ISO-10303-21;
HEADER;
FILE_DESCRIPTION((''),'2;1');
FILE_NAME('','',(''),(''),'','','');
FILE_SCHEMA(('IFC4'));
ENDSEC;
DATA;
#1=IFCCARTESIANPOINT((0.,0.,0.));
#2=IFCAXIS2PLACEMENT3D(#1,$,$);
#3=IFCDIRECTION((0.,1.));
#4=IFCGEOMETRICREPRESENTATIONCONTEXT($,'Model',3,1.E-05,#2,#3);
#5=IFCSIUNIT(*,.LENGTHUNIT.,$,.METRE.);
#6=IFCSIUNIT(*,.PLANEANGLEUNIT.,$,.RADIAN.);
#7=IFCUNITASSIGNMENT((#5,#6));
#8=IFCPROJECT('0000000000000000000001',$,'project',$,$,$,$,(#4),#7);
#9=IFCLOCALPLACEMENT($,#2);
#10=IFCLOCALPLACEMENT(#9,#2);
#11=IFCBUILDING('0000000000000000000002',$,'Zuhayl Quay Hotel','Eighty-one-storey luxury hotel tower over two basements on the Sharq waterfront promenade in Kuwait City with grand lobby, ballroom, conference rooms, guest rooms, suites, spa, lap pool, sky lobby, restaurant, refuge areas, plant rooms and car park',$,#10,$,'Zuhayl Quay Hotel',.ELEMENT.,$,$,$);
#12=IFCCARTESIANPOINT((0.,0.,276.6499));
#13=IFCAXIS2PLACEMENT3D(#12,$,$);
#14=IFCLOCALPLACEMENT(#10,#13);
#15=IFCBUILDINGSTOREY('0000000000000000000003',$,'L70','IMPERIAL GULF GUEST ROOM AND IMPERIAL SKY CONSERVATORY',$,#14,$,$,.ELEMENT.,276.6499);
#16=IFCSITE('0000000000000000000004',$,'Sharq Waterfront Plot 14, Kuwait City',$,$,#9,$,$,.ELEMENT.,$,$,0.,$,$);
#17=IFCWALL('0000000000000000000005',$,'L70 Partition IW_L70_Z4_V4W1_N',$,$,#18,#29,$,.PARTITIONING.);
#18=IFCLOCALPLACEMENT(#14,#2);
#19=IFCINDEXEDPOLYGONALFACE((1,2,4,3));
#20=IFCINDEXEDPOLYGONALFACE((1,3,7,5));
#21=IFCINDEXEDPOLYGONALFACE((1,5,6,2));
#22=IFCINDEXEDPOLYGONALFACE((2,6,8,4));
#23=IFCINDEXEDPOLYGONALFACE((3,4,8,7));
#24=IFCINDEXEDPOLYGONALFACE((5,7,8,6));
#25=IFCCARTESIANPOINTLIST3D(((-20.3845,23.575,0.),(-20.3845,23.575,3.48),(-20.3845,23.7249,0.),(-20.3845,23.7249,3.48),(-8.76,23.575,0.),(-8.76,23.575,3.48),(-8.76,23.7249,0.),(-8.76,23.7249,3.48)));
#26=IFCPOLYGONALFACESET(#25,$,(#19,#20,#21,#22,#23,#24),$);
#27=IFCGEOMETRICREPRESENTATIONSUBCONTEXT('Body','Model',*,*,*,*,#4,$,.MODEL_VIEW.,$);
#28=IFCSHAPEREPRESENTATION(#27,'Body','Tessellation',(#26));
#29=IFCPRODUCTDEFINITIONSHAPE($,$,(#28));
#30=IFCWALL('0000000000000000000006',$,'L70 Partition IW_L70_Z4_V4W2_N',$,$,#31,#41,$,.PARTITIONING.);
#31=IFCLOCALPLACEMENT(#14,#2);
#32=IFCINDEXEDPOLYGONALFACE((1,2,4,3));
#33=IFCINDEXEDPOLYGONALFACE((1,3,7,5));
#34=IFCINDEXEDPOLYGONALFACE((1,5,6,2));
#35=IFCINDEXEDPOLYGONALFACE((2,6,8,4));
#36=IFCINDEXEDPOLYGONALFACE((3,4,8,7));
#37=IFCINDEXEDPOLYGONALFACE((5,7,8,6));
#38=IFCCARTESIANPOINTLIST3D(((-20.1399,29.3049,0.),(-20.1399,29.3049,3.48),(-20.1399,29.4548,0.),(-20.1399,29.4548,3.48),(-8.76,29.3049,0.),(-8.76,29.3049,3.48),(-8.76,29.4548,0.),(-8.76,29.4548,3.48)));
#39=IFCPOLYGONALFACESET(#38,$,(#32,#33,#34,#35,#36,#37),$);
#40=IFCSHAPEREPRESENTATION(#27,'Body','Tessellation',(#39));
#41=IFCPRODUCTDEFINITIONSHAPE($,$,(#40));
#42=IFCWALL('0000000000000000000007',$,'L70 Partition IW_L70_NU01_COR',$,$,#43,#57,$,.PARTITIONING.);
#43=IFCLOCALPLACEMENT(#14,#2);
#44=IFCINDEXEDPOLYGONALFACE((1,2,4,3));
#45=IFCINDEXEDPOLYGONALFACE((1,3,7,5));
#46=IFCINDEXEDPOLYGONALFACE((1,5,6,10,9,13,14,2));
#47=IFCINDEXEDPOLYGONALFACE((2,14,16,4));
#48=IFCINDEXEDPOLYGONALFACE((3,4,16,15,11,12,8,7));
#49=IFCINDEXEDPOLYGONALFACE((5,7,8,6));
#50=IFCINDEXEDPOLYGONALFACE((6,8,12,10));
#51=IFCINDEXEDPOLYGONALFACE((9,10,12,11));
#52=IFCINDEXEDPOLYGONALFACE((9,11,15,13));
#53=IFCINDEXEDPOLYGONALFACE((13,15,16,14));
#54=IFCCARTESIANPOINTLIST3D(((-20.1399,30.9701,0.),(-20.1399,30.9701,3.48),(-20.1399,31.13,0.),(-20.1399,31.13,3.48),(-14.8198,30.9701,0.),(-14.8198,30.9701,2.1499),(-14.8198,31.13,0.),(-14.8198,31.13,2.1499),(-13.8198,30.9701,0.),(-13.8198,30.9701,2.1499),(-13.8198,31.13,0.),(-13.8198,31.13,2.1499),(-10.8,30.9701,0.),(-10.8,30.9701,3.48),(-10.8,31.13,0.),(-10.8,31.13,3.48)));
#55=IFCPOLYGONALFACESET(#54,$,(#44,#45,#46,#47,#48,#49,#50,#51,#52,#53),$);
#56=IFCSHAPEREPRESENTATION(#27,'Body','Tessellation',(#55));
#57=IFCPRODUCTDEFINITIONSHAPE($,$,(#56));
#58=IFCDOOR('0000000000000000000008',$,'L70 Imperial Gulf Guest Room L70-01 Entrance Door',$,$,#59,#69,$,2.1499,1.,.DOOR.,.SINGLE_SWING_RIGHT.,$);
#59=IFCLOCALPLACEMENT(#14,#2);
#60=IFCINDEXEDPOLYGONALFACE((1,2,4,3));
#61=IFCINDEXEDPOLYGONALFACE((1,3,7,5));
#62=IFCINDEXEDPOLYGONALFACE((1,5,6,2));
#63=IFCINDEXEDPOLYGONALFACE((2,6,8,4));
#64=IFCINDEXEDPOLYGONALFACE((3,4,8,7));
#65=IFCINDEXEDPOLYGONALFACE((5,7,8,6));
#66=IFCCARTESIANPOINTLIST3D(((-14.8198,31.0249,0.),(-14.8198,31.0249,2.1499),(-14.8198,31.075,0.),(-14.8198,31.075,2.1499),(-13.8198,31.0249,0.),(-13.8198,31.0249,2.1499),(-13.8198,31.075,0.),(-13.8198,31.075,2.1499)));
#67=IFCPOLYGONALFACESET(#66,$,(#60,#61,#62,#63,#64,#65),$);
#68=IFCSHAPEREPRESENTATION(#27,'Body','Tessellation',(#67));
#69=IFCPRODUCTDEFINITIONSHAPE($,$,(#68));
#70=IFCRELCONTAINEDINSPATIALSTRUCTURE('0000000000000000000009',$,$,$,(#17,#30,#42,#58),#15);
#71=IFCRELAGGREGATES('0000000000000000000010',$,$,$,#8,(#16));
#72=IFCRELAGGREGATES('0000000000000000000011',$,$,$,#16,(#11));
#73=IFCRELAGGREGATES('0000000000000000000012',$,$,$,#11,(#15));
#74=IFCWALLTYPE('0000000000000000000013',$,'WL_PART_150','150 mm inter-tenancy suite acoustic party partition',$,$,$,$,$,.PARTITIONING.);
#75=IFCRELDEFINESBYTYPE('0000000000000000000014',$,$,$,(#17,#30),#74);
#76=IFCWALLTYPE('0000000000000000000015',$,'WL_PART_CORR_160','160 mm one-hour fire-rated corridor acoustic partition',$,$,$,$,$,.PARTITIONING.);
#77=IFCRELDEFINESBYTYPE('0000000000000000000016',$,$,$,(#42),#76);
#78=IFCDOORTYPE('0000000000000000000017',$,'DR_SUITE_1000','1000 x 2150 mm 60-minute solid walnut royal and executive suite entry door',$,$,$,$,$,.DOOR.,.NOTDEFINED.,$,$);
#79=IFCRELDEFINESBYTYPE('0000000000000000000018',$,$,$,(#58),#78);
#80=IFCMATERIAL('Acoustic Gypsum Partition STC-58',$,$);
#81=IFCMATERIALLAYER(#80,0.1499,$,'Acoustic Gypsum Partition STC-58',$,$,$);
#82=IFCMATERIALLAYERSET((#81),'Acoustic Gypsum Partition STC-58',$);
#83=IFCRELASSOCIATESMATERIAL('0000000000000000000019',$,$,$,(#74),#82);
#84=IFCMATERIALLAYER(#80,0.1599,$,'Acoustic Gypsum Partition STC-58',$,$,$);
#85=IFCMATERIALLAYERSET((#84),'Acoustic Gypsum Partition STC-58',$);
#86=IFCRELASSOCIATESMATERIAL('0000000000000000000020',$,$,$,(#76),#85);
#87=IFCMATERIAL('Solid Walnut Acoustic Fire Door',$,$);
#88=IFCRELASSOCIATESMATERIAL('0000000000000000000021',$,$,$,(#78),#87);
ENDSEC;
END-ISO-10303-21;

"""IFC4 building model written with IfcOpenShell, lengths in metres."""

from ifc_helpers import new_model, si_unit, direction, frame, frame_2d, origin, place, context, subcontext, project, spatial, rectangle, extrude, material, layer, layer_set, type_object, element, fill, save


model = new_model("IFC4")

# Units and contexts
model_context = context("Model", 3, precision=1e-05, world=origin(), true_north=direction((0.0, 1.0)))
body_context = subcontext(model_context, "Body", "Model", "MODEL_VIEW")
ifc_project = project(units=[si_unit("LENGTHUNIT", "METRE"), si_unit("PLANEANGLEUNIT", "RADIAN")], contexts=[model_context])

# Site, building, storey
site_placement = place(None, origin())
site = spatial("IfcSite", under=ifc_project, at=site_placement, Name="Sharq Waterfront Plot 14, Kuwait City", CompositionType="ELEMENT", RefElevation=0.0)
building_placement = place(site_placement, origin())
building = spatial("IfcBuilding", under=site, at=building_placement, Name="Zuhayl Quay Hotel", Description="Eighty-one-storey luxury hotel tower over two basements on the Sharq waterfront promenade in Kuwait City with grand lobby, ballroom, conference rooms, guest rooms, suites, spa, lap pool, sky lobby, restaurant, refuge areas, plant rooms and car park", LongName="Zuhayl Quay Hotel", CompositionType="ELEMENT")
storey_placement = place(building_placement, frame((0.0, 0.0, 276.6499)))
storey = spatial("IfcBuildingStorey", under=building, at=storey_placement, Name="L70", Description="IMPERIAL GULF GUEST ROOM AND IMPERIAL SKY CONSERVATORY", CompositionType="ELEMENT", Elevation=276.6499)

# Walls
ifc_material_1 = material(Name="Acoustic Gypsum Partition STC-58")
ifc_layer_1 = layer(ifc_material_1, 0.1499, Name="Acoustic Gypsum Partition STC-58")
ifc_layer_set_1 = layer_set([ifc_layer_1], Name="Acoustic Gypsum Partition STC-58")
wall_type_1 = type_object("IfcWallType", Name="WL_PART_150", Description="150 mm inter-tenancy suite acoustic party partition", PredefinedType="PARTITIONING", material=ifc_layer_set_1)
wall_1_placement = place(storey_placement, frame((-20.3845, 23.6499, 0.0), z_axis=(0.0, 0.0, 1.0), x_axis=(1.0, 0.0, 0.0)))
element("IfcWall", 1, at=wall_1_placement, inside=storey, type_object=wall_type_1, Name="L70 Partition IW_L70_Z4_V4W1_N", PredefinedType="PARTITIONING", context=body_context, shape_type="SweptSolid", body=[
    extrude(rectangle(XDim=11.6245, YDim=0.1499, at=frame_2d((5.8123, 0.0))), origin(), (0.0, 0.0, 1.0), 3.48),
])
wall_2_placement = place(storey_placement, frame((-20.1399, 29.3799, 0.0), z_axis=(0.0, 0.0, 1.0), x_axis=(1.0, 0.0, 0.0)))
element("IfcWall", 2, at=wall_2_placement, inside=storey, type_object=wall_type_1, Name="L70 Partition IW_L70_Z4_V4W2_N", PredefinedType="PARTITIONING", context=body_context, shape_type="SweptSolid", body=[
    extrude(rectangle(XDim=11.3799, YDim=0.1499, at=frame_2d((5.6899, 0.0))), origin(), (0.0, 0.0, 1.0), 3.48),
])

# Wall, opening, door
ifc_layer_2 = layer(ifc_material_1, 0.1599, Name="Acoustic Gypsum Partition STC-58")
ifc_layer_set_2 = layer_set([ifc_layer_2], Name="Acoustic Gypsum Partition STC-58")
wall_type_2 = type_object("IfcWallType", Name="WL_PART_CORR_160", Description="160 mm one-hour fire-rated corridor acoustic partition", PredefinedType="PARTITIONING", material=ifc_layer_set_2)
wall_3_placement = place(storey_placement, frame((-20.1399, 31.05, 0.0), z_axis=(0.0, 0.0, 1.0), x_axis=(1.0, 0.0, 0.0)))
wall_3 = element("IfcWall", 3, at=wall_3_placement, inside=storey, type_object=wall_type_2, Name="L70 Partition IW_L70_NU01_COR", PredefinedType="PARTITIONING", context=body_context, shape_type="SweptSolid", body=[
    extrude(rectangle(XDim=9.3398, YDim=0.1599, at=frame_2d((4.6699, 0.0))), origin(), (0.0, 0.0, 1.0), 3.48),
])
opening_1_placement = place(wall_3_placement, frame((5.3201, 0.0, 0.0)))
opening_1 = element("IfcOpeningElement", 4, at=opening_1_placement, cuts=wall_3, PredefinedType="OPENING", context=body_context, shape_type="SweptSolid", body=[
    extrude(rectangle(XDim=1.0, YDim=2.1499, at=frame_2d((0.5, 1.075))), frame((0.0, 0.0898, 0.0), z_axis=(0.0, -1.0, 0.0), x_axis=(1.0, 0.0, 0.0)), (0.0, 0.0, 1.0), 0.1799),
])
ifc_material_2 = material(Name="Solid Walnut Acoustic Fire Door")
door_type = type_object("IfcDoorType", Name="DR_SUITE_1000", Description="1000 x 2150 mm 60-minute solid walnut royal and executive suite entry door", OperationType="NOTDEFINED", PredefinedType="DOOR", material=ifc_material_2)
door_placement = place(opening_1_placement, origin())
door = element("IfcDoor", 5, at=door_placement, inside=storey, type_object=door_type, Name="L70 Imperial Gulf Guest Room L70-01 Entrance Door", OperationType="SINGLE_SWING_RIGHT", OverallHeight=2.1499, OverallWidth=1.0, PredefinedType="DOOR", context=body_context, shape_type="SweptSolid", body=[
    extrude(rectangle(XDim=1.0, YDim=2.1499, at=frame_2d((0.5, 1.075))), frame((0.0, 0.0249, 0.0), z_axis=(0.0, -1.0, 0.0), x_axis=(1.0, 0.0, 0.0)), (0.0, 0.0, 1.0), 0.05),
])
fill(opening_1, door)

save(model, "model.ifc")
